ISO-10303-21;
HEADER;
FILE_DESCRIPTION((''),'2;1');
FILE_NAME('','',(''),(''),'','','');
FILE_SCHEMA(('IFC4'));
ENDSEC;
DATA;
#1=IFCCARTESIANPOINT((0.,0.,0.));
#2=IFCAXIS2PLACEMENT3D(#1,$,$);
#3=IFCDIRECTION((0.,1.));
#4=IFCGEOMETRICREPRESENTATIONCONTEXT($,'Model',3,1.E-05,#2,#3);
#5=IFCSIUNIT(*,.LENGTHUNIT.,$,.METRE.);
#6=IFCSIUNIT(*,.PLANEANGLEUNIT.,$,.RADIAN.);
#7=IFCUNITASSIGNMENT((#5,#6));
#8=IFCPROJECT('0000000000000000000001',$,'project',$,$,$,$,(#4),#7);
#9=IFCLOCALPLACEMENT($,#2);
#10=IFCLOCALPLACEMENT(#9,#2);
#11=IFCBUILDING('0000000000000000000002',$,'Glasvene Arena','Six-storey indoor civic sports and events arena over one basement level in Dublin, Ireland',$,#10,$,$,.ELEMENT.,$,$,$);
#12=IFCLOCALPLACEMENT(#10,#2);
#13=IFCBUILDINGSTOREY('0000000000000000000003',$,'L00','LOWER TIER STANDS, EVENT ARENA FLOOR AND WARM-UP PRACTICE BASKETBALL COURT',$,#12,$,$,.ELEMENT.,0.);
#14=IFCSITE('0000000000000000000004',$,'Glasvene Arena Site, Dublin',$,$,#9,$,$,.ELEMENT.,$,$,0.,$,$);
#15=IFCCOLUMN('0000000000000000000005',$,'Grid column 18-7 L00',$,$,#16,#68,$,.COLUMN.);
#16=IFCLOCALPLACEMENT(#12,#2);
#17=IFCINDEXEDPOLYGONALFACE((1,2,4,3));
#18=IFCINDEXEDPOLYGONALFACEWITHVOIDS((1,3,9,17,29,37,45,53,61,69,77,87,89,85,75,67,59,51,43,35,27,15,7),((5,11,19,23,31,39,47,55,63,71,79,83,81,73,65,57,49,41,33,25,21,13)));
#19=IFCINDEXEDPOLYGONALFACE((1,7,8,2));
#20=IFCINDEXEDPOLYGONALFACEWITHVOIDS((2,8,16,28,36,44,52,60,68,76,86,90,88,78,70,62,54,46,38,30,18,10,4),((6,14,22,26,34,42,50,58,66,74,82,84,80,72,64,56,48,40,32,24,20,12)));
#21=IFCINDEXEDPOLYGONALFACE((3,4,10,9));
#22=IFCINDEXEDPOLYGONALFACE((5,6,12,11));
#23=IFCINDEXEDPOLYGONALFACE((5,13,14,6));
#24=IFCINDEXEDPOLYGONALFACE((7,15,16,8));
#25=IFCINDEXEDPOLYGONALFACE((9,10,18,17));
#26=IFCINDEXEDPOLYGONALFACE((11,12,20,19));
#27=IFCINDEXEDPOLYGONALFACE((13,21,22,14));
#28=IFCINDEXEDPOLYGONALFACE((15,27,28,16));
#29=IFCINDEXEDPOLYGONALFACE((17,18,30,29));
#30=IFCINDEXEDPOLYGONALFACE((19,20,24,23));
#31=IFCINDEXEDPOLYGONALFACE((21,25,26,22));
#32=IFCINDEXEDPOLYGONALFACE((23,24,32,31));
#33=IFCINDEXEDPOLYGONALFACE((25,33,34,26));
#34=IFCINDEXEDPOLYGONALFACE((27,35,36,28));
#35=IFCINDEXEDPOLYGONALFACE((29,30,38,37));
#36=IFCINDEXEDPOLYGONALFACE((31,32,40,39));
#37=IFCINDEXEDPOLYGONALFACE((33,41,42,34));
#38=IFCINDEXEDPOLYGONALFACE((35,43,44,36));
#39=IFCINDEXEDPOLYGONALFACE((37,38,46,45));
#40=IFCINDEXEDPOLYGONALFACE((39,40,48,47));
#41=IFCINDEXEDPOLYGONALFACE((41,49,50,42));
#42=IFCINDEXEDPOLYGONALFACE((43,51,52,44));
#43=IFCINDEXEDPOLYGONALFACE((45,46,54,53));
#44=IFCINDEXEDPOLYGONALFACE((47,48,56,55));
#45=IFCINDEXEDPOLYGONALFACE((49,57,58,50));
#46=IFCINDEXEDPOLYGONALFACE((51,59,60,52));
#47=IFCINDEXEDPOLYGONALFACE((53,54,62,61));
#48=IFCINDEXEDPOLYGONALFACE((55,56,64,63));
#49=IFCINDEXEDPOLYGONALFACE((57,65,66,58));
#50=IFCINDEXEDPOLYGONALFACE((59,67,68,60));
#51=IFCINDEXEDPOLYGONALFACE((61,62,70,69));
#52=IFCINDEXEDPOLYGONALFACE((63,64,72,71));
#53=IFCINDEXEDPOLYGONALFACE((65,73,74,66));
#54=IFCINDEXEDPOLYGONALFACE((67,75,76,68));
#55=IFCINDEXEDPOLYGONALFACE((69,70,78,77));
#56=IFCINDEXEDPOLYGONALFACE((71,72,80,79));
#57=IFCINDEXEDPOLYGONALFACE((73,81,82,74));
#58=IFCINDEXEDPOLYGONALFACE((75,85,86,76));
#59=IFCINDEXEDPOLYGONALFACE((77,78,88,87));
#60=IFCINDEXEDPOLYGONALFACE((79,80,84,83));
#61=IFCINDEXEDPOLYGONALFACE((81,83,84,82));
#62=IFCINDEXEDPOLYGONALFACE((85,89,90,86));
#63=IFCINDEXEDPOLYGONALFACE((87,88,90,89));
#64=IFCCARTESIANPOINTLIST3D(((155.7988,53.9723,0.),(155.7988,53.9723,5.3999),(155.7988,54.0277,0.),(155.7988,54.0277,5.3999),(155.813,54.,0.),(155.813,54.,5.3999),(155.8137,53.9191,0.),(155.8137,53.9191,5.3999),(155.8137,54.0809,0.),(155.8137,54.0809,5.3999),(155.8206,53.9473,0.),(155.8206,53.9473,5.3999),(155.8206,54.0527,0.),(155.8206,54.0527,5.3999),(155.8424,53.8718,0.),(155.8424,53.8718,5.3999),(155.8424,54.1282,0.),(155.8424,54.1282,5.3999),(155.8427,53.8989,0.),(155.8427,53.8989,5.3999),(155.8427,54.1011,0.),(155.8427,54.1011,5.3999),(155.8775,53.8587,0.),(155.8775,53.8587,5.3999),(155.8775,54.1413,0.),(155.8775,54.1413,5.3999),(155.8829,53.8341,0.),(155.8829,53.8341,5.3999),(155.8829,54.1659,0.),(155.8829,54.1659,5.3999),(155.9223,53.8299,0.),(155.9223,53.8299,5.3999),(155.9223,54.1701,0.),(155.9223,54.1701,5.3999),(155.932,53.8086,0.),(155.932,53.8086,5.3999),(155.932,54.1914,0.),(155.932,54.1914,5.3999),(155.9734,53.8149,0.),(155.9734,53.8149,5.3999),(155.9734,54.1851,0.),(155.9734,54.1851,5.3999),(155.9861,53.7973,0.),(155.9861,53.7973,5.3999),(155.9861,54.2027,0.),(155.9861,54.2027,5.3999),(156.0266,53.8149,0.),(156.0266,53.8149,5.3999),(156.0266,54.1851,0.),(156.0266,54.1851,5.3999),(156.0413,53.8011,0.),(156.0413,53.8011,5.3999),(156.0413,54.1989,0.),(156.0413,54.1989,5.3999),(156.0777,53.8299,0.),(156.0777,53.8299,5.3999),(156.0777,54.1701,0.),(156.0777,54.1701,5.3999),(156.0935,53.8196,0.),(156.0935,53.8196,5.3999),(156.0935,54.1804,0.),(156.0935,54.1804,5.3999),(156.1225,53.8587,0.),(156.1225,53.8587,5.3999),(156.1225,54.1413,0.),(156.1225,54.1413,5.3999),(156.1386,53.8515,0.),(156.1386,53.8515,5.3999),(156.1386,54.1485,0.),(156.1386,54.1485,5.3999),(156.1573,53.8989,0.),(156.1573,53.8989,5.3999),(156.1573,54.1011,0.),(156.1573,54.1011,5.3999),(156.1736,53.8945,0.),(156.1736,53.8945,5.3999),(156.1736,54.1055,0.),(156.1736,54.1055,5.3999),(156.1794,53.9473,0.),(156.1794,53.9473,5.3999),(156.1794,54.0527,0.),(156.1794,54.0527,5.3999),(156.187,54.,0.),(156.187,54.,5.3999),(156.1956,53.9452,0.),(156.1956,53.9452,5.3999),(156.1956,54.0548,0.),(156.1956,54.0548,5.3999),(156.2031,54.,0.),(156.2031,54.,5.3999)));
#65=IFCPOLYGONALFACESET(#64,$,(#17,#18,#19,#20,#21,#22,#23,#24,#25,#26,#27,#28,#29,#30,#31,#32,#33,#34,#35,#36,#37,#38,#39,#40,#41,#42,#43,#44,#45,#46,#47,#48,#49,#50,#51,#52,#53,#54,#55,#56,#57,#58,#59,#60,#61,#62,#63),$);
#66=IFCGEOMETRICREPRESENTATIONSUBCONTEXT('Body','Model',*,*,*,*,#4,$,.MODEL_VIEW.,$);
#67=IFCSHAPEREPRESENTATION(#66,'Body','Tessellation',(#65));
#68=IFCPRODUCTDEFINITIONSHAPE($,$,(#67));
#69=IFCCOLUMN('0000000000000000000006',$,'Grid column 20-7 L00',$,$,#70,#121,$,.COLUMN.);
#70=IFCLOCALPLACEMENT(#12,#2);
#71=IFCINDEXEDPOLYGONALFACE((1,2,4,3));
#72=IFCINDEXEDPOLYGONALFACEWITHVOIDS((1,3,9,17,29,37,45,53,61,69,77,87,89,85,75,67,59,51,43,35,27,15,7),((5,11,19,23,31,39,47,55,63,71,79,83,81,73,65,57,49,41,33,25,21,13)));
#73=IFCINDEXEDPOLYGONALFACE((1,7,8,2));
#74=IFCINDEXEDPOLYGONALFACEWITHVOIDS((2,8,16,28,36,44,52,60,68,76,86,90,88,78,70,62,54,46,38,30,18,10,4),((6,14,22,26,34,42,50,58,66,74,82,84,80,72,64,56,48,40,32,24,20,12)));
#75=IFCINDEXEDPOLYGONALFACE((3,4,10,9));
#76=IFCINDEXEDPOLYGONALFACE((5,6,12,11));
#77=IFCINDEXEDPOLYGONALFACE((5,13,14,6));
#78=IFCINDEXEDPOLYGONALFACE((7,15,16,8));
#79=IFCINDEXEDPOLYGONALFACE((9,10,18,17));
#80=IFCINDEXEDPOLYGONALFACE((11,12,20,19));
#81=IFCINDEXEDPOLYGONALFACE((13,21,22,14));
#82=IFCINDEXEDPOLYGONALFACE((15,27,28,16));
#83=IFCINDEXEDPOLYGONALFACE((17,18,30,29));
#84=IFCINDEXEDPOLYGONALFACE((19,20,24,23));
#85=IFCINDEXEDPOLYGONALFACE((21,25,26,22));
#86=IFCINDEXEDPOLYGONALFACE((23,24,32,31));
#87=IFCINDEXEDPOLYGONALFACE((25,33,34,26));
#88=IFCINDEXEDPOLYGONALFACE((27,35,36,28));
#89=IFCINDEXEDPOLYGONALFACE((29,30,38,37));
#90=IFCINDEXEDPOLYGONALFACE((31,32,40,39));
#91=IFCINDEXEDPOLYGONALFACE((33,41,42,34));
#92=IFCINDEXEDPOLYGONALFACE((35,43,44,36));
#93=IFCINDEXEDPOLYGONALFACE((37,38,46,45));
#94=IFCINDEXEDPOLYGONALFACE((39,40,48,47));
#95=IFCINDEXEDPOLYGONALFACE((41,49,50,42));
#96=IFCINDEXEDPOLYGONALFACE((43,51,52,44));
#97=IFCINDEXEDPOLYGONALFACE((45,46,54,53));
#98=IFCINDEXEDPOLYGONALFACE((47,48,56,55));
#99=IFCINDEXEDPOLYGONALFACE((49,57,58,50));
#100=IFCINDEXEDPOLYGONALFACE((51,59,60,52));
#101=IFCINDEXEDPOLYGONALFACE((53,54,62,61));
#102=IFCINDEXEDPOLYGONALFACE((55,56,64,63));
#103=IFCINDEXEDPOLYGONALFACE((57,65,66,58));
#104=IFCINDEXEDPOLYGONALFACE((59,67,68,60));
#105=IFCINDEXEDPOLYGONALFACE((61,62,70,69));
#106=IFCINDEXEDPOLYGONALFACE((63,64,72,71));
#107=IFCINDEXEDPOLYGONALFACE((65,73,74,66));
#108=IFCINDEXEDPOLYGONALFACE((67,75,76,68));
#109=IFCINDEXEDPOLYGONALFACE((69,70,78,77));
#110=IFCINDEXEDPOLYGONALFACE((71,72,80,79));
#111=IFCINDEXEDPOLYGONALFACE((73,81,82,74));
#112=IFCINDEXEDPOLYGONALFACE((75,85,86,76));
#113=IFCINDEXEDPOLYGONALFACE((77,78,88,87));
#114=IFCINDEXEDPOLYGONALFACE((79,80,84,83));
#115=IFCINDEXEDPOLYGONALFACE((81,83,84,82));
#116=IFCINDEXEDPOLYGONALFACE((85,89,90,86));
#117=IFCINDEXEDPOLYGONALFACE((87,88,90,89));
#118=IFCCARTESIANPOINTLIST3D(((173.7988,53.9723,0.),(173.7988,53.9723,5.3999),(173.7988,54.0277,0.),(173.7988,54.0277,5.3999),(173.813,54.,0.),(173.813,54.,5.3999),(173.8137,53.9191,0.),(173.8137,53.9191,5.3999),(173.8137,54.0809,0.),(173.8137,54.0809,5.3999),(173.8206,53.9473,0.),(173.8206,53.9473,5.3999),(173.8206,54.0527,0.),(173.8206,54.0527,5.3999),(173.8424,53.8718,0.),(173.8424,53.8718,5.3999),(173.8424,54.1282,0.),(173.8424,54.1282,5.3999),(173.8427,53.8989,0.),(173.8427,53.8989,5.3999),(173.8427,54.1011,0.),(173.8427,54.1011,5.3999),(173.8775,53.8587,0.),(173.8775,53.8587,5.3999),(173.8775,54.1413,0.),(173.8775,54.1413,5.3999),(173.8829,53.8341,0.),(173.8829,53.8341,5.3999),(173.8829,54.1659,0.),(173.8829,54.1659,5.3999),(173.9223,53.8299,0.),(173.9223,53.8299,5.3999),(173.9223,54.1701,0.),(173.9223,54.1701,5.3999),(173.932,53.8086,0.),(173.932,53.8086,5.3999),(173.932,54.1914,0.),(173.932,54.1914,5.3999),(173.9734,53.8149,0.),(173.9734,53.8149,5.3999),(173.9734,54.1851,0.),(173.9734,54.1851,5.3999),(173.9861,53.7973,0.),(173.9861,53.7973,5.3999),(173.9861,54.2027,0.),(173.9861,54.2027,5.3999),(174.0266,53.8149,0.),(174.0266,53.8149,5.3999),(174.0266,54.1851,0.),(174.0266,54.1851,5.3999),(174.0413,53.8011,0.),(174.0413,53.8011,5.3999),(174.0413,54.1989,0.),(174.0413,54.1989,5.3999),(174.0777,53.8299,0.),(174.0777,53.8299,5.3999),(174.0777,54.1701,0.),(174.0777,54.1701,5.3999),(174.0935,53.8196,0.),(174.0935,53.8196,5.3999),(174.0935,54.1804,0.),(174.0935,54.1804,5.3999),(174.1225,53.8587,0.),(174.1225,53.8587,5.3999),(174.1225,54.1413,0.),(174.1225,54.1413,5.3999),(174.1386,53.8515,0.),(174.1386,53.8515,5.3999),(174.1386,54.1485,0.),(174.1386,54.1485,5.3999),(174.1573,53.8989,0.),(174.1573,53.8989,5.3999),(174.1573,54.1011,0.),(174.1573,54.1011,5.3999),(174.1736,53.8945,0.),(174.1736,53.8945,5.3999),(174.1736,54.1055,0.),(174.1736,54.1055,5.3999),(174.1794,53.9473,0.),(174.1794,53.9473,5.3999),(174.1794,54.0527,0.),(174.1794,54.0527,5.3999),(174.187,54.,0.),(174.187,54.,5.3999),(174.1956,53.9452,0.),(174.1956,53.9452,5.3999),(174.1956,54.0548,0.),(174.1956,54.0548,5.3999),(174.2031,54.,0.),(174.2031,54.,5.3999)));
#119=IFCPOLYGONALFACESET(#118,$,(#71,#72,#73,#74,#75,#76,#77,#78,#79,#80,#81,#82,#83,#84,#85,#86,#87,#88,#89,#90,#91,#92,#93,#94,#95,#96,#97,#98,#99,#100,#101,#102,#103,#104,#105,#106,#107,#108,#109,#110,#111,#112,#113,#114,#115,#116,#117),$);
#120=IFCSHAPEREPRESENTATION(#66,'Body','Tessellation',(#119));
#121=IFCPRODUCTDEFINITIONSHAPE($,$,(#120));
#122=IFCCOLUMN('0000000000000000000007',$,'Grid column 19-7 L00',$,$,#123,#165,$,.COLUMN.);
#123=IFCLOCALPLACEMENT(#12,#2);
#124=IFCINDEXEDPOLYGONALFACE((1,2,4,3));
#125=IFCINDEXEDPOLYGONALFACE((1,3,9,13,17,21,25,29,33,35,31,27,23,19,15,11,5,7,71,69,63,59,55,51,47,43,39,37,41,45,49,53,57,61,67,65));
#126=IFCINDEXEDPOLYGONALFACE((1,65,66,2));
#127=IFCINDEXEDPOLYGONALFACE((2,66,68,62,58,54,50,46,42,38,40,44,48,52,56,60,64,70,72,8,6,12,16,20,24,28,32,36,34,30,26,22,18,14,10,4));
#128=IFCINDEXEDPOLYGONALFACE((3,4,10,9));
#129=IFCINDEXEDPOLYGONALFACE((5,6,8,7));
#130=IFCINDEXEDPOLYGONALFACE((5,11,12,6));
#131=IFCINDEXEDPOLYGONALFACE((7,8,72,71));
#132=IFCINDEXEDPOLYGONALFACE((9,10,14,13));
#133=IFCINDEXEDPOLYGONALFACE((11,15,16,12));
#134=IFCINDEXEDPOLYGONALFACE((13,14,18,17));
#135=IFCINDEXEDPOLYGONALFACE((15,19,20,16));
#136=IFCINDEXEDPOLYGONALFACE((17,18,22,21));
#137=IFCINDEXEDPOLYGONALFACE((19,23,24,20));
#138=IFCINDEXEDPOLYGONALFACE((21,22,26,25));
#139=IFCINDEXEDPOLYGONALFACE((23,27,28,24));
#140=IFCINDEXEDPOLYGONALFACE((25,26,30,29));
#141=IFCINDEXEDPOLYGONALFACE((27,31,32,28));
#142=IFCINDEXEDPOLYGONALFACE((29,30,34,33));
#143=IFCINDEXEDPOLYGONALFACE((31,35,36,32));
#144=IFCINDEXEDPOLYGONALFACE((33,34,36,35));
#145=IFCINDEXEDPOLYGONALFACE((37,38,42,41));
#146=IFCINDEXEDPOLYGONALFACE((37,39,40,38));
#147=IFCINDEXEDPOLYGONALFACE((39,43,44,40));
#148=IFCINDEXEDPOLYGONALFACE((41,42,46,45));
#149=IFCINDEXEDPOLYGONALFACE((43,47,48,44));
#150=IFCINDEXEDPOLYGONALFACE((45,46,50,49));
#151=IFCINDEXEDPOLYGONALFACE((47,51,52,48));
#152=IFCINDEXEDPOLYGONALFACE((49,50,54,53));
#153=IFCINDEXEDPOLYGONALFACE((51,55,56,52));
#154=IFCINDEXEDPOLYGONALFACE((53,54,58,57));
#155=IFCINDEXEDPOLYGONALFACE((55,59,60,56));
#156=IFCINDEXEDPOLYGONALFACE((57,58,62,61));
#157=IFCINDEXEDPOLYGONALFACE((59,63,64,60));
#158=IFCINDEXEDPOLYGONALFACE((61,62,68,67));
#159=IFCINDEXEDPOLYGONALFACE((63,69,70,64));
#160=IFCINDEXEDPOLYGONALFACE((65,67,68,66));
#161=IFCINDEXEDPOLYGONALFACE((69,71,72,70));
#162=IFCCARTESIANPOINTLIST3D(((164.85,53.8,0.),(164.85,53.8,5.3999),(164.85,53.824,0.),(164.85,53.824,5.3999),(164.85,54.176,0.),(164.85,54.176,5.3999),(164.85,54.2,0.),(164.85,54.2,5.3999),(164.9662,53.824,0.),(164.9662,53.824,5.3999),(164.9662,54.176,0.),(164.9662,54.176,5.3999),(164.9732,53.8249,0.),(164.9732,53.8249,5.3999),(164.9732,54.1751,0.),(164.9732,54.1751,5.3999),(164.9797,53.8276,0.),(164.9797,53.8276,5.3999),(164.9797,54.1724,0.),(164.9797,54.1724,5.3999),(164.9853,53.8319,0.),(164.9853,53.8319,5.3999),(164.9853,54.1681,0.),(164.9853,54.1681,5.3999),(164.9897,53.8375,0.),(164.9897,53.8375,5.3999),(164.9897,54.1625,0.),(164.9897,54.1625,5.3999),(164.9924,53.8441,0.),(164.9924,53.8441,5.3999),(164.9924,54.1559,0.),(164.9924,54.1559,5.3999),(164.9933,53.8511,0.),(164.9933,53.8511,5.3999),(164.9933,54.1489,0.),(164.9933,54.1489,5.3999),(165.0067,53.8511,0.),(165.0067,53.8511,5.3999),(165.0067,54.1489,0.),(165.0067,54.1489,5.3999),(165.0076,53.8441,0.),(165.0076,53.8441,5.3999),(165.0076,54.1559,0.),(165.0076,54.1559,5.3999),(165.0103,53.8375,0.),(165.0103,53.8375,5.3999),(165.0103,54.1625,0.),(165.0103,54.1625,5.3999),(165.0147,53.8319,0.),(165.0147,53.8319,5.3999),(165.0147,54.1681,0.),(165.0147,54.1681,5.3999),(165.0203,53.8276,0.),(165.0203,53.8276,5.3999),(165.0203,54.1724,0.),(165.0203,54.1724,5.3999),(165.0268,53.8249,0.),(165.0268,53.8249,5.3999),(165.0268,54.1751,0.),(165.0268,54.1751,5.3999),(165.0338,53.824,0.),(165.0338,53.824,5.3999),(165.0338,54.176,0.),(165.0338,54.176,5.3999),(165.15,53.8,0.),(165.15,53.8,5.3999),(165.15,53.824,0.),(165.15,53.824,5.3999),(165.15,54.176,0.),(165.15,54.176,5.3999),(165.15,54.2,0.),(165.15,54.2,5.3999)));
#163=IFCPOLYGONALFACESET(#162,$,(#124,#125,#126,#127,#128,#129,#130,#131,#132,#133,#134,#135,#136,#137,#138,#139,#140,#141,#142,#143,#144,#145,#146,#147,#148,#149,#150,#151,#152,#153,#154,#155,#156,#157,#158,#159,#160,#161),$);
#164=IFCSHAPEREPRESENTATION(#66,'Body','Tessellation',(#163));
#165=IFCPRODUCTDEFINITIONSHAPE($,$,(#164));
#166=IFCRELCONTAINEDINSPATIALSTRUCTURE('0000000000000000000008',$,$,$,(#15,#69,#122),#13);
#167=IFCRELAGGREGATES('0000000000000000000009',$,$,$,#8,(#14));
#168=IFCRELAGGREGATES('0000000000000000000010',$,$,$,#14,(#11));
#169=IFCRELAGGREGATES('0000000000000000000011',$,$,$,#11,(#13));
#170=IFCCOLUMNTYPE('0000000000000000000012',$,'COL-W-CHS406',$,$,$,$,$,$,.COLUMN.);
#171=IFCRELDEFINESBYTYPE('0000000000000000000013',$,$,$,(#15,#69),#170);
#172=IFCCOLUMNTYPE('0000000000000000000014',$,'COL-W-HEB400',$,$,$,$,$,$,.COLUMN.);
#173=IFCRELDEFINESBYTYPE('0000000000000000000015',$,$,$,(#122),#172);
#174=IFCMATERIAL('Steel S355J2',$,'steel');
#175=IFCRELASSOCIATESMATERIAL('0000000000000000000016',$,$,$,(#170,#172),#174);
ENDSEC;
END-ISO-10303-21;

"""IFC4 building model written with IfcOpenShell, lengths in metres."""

from ifc_helpers import new_model, si_unit, direction, frame, origin, origin_2d, place, context, subcontext, project, spatial, hollow_circle, i_section, extrude, material, material_profile, profile_set, type_object, element, save


model = new_model("IFC4")

# Units and contexts
model_context = context("Model", 3, precision=1e-05, world=origin(), true_north=direction((0.0, 1.0)))
body_context = subcontext(model_context, "Body", "Model", "MODEL_VIEW")
ifc_project = project(units=[si_unit("LENGTHUNIT", "METRE"), si_unit("PLANEANGLEUNIT", "RADIAN")], contexts=[model_context])

# Site, building, storey
site_placement = place(None, origin())
site = spatial("IfcSite", under=ifc_project, at=site_placement, Name="Glasvene Arena Site, Dublin", CompositionType="ELEMENT", RefElevation=0.0)
building_placement = place(site_placement, origin())
building = spatial("IfcBuilding", under=site, at=building_placement, Name="Glasvene Arena", Description="Six-storey indoor civic sports and events arena over one basement level in Dublin, Ireland", CompositionType="ELEMENT")
storey_placement = place(building_placement, origin())
storey = spatial("IfcBuildingStorey", under=building, at=storey_placement, Name="L00", Description="LOWER TIER STANDS, EVENT ARENA FLOOR AND WARM-UP PRACTICE BASKETBALL COURT", CompositionType="ELEMENT", Elevation=0.0)

# Columns
ifc_material_1 = material(Name="Steel S355J2", Category="steel")
ifc_material_profile_1 = material_profile(ifc_material_1, hollow_circle(Radius=0.2031, WallThickness=0.0161, at=origin_2d()), Name="CHS 406.4x16.0")
ifc_profile_set_1 = profile_set([ifc_material_profile_1], Name="Steel S355J2")
column_type_1 = type_object("IfcColumnType", Name="COL-W-CHS406", PredefinedType="COLUMN", material=ifc_profile_set_1)
for number, where, z_axis, x_axis, name in (
    (1, (156.0, 54.0, 0.0), (0.0, 0.0, 1.0), (1.0, 0.0, 0.0), "Grid column 18-7 L00"),
    (2, (174.0, 54.0, 0.0), (0.0, 0.0, 1.0), (1.0, 0.0, 0.0), "Grid column 20-7 L00"),
):
    element("IfcColumn", number, at=place(storey_placement, frame(where, z_axis=z_axis, x_axis=x_axis)), inside=storey, type_object=column_type_1, Name=name, PredefinedType="COLUMN", context=body_context, shape_type="SweptSolid", body=[
        extrude(hollow_circle(Radius=0.2031, WallThickness=0.0161, at=origin_2d()), origin(), (0.0, 0.0, 1.0), 5.3999),
    ])
ifc_material_profile_2 = material_profile(ifc_material_1, i_section(OverallWidth=0.3, OverallDepth=0.3999, WebThickness=0.0134, FlangeThickness=0.0239, FilletRadius=0.0271, at=origin_2d()), Name="HEB 400")
ifc_profile_set_2 = profile_set([ifc_material_profile_2], Name="Steel S355J2")
column_type_2 = type_object("IfcColumnType", Name="COL-W-HEB400", PredefinedType="COLUMN", material=ifc_profile_set_2)
column_placement = place(storey_placement, frame((165.0, 54.0, 0.0), z_axis=(0.0, 0.0, 1.0), x_axis=(1.0, 0.0, 0.0)))
element("IfcColumn", 3, at=column_placement, inside=storey, type_object=column_type_2, Name="Grid column 19-7 L00", PredefinedType="COLUMN", context=body_context, shape_type="SweptSolid", body=[
    extrude(i_section(OverallWidth=0.3, OverallDepth=0.3999, WebThickness=0.0134, FlangeThickness=0.0239, FilletRadius=0.0271, at=origin_2d()), origin(), (0.0, 0.0, 1.0), 5.3999),
])

save(model, "model.ifc")
